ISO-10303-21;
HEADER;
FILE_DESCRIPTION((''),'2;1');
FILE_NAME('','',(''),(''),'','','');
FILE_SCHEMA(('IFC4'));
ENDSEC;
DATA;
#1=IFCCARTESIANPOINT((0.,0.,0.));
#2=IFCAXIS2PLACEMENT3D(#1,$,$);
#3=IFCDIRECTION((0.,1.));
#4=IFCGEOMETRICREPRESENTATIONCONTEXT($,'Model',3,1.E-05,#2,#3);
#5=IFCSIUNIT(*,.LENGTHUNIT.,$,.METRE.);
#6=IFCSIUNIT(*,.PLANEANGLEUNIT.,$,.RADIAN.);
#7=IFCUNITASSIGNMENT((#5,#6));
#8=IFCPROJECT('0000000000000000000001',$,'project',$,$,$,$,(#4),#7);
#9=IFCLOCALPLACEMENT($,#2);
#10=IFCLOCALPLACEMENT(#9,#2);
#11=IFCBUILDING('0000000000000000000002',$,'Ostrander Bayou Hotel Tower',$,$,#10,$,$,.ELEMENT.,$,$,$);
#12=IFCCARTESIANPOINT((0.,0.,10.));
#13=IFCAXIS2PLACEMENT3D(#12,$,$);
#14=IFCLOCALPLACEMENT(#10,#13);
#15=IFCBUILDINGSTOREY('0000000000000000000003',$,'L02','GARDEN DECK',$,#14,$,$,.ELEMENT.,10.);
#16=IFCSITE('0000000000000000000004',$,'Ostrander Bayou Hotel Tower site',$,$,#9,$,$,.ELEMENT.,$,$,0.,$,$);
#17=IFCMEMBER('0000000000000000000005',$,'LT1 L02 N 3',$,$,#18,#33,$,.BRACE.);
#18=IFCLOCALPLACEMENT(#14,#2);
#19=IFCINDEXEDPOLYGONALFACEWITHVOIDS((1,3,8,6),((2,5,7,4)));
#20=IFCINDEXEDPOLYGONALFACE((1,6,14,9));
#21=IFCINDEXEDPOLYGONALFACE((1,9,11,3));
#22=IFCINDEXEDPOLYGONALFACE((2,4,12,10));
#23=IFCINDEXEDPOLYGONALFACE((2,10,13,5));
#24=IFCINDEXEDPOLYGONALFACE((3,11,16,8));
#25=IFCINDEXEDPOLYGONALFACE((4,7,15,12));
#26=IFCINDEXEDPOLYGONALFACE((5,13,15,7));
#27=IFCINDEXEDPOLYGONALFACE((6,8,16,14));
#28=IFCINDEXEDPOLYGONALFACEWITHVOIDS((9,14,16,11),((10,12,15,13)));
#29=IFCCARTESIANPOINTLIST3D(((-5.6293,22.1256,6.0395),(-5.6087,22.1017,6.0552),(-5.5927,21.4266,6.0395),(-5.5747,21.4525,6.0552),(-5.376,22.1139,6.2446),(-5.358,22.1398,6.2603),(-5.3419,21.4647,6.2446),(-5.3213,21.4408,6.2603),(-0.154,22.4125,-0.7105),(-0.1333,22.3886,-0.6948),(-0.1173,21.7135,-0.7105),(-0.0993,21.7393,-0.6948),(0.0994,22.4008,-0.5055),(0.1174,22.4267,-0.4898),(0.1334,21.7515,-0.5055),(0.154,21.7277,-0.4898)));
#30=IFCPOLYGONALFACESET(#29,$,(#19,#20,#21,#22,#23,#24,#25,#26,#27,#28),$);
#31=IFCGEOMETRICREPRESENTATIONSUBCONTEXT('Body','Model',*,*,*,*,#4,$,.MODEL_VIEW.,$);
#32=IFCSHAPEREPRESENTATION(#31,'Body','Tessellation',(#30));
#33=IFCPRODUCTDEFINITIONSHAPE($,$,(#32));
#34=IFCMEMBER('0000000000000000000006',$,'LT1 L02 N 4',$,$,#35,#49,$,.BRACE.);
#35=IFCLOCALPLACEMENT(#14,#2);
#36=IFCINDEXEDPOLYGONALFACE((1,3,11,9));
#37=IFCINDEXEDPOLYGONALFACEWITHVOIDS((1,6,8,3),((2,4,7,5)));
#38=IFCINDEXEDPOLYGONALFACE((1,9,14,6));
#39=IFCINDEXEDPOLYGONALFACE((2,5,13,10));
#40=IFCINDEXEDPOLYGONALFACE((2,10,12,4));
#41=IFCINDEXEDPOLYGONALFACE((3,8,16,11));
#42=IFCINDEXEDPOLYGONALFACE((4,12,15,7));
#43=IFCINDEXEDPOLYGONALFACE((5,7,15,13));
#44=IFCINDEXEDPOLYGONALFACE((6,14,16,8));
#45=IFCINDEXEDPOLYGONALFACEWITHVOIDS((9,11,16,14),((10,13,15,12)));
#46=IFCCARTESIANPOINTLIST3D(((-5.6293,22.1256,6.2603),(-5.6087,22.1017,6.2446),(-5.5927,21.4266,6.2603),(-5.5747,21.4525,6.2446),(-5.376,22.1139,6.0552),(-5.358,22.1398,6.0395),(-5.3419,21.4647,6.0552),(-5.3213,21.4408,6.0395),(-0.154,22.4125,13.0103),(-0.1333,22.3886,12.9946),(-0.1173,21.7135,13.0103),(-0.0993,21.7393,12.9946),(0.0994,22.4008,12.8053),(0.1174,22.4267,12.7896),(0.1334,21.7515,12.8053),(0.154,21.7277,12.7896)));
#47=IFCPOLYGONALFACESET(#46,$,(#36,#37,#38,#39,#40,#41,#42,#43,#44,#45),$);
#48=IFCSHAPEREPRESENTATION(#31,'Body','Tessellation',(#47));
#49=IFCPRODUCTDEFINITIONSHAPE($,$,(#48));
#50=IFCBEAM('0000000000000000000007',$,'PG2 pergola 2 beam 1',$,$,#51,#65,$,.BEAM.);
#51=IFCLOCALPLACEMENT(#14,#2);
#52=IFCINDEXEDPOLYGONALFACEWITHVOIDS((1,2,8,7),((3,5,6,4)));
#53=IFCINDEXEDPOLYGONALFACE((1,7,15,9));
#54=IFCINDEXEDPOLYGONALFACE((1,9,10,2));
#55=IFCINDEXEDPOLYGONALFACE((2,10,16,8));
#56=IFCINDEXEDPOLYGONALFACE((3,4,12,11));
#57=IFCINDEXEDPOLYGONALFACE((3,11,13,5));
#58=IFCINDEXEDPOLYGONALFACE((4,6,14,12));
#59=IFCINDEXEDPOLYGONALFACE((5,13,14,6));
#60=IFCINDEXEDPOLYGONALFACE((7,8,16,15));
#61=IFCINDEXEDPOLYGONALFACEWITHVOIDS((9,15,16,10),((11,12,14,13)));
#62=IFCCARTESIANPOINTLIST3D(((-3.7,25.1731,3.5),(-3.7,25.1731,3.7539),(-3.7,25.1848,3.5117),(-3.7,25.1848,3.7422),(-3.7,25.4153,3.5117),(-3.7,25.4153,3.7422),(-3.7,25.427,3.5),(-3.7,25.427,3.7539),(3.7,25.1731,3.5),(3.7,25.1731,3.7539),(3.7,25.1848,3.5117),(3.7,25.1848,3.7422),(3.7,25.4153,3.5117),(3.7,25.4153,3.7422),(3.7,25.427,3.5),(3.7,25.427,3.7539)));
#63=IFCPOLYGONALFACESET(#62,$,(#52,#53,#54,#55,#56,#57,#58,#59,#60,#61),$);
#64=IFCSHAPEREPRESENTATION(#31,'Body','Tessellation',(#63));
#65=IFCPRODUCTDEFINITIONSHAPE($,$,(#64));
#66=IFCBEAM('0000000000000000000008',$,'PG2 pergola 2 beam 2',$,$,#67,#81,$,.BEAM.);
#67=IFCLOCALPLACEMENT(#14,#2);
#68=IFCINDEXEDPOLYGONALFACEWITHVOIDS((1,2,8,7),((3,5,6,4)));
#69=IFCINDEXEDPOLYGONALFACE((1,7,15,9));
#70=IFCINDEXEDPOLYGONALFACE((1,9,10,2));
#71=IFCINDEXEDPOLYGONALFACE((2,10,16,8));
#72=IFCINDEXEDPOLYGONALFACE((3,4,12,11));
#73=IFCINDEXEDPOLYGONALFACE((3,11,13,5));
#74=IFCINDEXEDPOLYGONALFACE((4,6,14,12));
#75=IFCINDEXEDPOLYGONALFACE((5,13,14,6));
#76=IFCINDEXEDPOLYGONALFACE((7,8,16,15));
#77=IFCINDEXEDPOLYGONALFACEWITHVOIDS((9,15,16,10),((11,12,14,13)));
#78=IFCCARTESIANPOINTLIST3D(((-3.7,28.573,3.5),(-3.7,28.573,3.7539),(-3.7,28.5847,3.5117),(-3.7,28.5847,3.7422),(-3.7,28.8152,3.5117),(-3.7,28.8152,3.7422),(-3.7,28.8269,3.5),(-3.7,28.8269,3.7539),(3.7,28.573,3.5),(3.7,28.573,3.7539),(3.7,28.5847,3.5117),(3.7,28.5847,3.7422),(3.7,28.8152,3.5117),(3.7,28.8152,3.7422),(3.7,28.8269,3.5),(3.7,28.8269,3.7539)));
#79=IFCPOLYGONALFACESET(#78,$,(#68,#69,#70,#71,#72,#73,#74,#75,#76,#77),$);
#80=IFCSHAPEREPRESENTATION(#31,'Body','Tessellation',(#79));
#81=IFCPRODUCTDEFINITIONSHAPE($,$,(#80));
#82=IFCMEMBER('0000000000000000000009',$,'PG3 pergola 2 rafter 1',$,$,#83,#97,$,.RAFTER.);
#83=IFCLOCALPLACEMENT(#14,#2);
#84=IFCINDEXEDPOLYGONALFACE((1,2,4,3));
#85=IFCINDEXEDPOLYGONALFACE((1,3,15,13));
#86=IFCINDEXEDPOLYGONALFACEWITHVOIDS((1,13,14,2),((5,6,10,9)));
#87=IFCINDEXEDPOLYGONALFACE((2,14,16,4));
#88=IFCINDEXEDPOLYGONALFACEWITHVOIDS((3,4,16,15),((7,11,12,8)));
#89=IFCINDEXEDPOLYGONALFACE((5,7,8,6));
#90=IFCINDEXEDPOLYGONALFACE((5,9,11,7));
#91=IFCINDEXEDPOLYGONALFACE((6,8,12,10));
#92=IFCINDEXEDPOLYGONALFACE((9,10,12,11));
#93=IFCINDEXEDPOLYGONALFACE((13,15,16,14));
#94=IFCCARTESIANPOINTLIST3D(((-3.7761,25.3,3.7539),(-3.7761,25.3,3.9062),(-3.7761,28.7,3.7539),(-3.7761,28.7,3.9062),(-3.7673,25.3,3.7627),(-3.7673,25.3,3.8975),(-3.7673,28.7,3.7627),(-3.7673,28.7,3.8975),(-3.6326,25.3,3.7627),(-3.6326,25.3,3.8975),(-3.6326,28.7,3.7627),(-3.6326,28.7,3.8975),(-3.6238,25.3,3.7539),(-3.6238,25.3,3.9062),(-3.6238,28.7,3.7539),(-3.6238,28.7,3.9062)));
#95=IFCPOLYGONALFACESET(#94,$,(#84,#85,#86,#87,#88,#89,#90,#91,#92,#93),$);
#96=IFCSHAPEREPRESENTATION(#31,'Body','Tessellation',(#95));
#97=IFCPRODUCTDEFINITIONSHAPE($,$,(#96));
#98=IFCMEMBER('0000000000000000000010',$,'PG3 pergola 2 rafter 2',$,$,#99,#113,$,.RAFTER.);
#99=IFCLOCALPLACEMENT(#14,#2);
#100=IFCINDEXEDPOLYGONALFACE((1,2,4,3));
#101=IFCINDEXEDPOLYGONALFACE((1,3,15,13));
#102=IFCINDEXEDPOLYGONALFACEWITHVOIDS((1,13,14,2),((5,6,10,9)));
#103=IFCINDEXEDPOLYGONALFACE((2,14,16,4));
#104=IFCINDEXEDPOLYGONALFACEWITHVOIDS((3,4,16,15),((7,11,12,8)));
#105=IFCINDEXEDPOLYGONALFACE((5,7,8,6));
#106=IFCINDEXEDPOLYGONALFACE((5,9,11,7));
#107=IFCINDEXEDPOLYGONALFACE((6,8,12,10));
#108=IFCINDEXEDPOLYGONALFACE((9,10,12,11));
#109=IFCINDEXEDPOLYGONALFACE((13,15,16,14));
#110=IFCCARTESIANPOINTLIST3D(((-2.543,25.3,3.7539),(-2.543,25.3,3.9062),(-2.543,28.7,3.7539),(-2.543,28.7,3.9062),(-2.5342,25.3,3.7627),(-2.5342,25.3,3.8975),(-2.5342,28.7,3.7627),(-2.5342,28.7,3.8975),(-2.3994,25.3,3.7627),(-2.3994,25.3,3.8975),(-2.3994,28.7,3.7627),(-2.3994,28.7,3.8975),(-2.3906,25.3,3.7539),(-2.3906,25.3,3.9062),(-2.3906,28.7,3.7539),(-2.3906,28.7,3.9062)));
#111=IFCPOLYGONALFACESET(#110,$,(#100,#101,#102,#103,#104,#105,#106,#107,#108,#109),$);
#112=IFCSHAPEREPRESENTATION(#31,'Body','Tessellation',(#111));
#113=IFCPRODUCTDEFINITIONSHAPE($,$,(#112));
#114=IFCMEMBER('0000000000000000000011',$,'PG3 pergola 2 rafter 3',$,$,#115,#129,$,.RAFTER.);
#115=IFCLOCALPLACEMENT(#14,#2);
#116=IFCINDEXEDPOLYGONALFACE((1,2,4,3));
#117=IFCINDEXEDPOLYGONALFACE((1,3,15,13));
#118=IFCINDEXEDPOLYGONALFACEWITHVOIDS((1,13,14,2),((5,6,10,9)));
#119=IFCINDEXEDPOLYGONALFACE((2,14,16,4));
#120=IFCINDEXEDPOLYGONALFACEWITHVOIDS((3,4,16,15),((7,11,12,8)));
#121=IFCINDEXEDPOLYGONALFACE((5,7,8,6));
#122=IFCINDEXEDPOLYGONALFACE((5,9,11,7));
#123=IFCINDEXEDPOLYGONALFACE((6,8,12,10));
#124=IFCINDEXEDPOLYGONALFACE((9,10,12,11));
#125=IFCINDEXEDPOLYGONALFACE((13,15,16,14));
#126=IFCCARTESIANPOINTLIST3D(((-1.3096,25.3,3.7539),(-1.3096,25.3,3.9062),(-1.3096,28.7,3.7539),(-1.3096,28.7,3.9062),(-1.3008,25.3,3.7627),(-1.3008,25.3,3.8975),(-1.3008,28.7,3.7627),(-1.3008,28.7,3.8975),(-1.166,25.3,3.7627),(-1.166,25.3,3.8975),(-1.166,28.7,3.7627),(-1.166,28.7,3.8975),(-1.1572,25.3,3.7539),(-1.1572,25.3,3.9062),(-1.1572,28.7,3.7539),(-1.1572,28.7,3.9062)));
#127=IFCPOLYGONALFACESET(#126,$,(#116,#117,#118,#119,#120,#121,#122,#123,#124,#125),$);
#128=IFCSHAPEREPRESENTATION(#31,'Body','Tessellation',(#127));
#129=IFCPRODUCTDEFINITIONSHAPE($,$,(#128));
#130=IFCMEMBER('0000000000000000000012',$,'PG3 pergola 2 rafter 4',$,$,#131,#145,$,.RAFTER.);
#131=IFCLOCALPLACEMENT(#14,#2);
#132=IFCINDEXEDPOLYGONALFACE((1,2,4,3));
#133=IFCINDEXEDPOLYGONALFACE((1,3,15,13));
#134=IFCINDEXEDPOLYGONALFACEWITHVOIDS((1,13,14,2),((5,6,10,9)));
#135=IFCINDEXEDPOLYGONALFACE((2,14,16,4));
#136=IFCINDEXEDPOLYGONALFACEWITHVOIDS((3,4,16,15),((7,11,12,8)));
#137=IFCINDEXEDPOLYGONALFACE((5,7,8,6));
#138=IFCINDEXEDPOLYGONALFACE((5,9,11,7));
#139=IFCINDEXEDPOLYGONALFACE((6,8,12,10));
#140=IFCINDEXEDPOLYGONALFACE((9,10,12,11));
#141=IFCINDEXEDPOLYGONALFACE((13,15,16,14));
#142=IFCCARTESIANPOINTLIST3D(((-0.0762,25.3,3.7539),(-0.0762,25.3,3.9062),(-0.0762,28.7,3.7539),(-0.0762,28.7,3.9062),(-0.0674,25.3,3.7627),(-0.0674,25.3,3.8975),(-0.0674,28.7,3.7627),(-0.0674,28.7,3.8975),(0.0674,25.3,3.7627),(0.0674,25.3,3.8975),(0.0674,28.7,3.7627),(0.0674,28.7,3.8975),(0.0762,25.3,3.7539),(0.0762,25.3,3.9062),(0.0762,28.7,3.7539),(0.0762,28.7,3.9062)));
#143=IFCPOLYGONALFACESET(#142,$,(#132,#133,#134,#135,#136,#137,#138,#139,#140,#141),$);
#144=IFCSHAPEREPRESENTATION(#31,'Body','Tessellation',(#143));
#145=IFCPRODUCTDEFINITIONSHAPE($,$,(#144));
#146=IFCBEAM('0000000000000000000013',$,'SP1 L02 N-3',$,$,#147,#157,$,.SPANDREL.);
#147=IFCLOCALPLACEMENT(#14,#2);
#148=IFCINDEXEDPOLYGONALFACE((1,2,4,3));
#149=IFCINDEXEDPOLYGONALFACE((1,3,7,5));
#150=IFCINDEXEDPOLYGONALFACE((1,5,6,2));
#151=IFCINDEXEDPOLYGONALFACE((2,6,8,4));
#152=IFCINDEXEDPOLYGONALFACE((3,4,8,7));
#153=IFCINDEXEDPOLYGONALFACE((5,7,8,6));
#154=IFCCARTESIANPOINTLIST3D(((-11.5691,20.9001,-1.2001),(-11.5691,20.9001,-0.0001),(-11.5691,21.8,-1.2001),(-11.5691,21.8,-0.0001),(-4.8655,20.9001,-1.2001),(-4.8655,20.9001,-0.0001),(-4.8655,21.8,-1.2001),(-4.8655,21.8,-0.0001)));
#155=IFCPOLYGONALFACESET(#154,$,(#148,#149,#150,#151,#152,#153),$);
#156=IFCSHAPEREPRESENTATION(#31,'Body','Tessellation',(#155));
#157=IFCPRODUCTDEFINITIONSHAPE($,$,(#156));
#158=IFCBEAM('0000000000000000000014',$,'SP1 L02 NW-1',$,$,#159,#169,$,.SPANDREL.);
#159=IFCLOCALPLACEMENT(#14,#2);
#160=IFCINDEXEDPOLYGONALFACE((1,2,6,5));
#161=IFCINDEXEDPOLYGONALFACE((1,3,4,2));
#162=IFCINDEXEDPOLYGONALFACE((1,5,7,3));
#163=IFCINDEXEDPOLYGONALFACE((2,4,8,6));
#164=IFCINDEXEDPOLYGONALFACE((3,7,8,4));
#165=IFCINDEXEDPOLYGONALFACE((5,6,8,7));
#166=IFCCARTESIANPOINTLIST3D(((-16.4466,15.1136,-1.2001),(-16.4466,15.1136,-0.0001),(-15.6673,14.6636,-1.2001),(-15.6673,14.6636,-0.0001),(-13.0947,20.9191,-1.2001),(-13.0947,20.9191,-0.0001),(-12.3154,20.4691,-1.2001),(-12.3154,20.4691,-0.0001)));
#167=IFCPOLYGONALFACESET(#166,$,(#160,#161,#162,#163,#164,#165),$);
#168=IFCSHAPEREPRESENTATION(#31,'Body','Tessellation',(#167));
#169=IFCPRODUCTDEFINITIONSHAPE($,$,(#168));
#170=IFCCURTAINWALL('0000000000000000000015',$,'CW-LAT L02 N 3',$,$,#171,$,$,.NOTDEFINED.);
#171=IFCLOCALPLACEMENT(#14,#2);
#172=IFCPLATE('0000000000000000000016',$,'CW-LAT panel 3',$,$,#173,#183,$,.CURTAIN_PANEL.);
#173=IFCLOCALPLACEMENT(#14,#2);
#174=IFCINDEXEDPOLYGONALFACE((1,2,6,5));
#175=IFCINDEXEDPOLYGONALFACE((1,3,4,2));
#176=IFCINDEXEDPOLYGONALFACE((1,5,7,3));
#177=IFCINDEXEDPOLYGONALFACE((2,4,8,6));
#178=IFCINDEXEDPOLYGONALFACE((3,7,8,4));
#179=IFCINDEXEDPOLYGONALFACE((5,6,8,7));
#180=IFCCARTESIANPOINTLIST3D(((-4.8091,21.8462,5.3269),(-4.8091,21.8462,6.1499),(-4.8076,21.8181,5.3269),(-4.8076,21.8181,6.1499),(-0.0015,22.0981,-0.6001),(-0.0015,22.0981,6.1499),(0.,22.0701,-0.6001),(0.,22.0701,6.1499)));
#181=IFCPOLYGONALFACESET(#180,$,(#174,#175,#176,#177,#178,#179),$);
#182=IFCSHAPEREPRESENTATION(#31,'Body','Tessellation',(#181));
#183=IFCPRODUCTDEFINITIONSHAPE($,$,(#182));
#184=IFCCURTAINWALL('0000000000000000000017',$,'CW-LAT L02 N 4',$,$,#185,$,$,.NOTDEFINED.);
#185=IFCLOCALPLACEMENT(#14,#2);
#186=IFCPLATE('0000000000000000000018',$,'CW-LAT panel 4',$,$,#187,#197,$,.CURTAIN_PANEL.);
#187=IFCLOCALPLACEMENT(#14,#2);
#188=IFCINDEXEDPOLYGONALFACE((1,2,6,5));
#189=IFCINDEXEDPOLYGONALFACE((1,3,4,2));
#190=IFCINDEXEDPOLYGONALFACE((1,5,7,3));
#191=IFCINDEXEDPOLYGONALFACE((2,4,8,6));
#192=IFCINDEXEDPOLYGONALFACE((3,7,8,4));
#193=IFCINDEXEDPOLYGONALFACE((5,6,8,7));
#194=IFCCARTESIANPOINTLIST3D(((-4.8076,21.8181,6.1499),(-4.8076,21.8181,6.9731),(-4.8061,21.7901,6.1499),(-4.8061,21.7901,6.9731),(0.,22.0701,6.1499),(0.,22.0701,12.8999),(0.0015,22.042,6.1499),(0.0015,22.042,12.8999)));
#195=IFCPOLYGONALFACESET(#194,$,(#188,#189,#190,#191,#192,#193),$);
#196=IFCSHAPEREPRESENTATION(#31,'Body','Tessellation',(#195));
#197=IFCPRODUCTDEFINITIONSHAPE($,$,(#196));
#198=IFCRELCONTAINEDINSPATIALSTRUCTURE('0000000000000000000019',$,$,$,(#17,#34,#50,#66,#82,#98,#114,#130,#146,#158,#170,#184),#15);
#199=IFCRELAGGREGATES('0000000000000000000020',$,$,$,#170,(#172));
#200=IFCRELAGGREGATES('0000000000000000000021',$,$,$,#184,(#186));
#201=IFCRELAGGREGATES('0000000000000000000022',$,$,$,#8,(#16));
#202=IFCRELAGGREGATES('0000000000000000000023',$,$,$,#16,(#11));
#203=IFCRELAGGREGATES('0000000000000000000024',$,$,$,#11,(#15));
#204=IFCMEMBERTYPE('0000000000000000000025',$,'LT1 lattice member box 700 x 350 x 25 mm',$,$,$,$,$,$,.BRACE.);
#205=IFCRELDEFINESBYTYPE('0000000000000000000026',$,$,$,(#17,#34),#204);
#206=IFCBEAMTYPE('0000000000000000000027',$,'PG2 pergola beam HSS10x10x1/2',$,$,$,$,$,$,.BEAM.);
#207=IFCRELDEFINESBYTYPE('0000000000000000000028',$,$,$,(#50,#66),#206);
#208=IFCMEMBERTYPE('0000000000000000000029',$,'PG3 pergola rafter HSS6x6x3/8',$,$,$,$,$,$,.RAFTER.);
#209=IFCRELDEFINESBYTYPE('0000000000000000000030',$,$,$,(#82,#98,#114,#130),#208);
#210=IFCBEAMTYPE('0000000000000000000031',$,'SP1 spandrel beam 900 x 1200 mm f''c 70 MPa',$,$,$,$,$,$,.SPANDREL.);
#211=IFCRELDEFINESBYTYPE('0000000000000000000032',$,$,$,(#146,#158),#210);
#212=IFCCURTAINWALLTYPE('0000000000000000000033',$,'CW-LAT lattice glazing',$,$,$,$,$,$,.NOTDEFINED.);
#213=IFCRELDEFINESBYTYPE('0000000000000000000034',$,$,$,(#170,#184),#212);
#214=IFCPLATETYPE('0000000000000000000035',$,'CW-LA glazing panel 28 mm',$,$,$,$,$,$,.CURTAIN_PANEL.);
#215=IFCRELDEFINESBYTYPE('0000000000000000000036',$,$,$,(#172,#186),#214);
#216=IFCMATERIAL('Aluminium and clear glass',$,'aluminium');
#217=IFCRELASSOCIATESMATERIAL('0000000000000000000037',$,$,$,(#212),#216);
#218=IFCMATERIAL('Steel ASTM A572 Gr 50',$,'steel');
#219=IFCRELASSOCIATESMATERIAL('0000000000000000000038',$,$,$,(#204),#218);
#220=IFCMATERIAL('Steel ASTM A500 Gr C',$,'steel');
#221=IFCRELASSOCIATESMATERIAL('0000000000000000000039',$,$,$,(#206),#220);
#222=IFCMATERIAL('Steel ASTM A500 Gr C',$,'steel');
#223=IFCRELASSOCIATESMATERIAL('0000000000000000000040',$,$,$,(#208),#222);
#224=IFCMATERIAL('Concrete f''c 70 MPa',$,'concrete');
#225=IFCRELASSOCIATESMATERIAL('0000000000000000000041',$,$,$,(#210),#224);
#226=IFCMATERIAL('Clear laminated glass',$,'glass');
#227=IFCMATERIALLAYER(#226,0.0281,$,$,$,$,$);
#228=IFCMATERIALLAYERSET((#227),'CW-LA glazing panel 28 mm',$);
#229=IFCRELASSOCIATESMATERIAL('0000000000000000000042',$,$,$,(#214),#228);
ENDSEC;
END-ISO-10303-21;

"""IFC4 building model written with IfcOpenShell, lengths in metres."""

from ifc_helpers import new_model, si_unit, direction, frame, origin, origin_2d, place, context, subcontext, project, spatial, polyline, rectangle, hollow_rectangle, outline, extrude, material, layer, layer_set, material_profile, profile_set, type_object, element, aggregate, save


model = new_model("IFC4")

# Units and contexts
model_context = context("Model", 3, precision=1e-05, world=origin(), true_north=direction((0.0, 1.0)))
body_context = subcontext(model_context, "Body", "Model", "MODEL_VIEW")
ifc_project = project(units=[si_unit("LENGTHUNIT", "METRE"), si_unit("PLANEANGLEUNIT", "RADIAN")], contexts=[model_context])

# Site, building, storey
site_placement = place(None, origin())
site = spatial("IfcSite", under=ifc_project, at=site_placement, Name="Ostrander Bayou Hotel Tower site", CompositionType="ELEMENT", RefElevation=0.0)
building_placement = place(site_placement, origin())
building = spatial("IfcBuilding", under=site, at=building_placement, Name="Ostrander Bayou Hotel Tower", CompositionType="ELEMENT")
storey_placement = place(building_placement, frame((0.0, 0.0, 10.0)))
storey = spatial("IfcBuildingStorey", under=building, at=storey_placement, Name="L02", Description="GARDEN DECK", CompositionType="ELEMENT", Elevation=10.0)

# Shared definitions
ifc_material_1 = material(Name="Aluminium and clear glass", Category="aluminium")
curtain_wall_type = type_object("IfcCurtainWallType", Name="CW-LAT lattice glazing", PredefinedType="NOTDEFINED", material=ifc_material_1)

# Members
ifc_material_2 = material(Name="Steel ASTM A572 Gr 50", Category="steel")
ifc_material_profile_1 = material_profile(ifc_material_2, hollow_rectangle(XDim=0.7, YDim=0.3501, WallThickness=0.0249, at=origin_2d()))
ifc_profile_set_1 = profile_set([ifc_material_profile_1], Name="Steel ASTM A572 Gr 50")
member_type_1 = type_object("IfcMemberType", Name="LT1 lattice member box 700 x 350 x 25 mm", PredefinedType="BRACE", material=ifc_profile_set_1)
for number, where, z_axis, x_axis, name in (
    (1, (-5.4753, 21.7832, 6.1499), (0.629624, 0.032987, -0.7762), (-0.05232, 0.99863, 0.0), "LT1 L02 N 3"),
    (2, (-5.4753, 21.7832, 6.1499), (0.629624, 0.032987, 0.7762), (-0.05232, 0.99863, 0.0), "LT1 L02 N 4"),
):
    element("IfcMember", number, at=place(storey_placement, frame(where, z_axis=z_axis, x_axis=x_axis)), inside=storey, type_object=member_type_1, Name=name, PredefinedType="BRACE", context=body_context, shape_type="SweptSolid", body=[
        extrude(hollow_rectangle(XDim=0.7, YDim=0.3501, WallThickness=0.0249, at=origin_2d()), origin(), (0.0, 0.0, 1.0), 8.6963),
    ])

# Beams
ifc_material_3 = material(Name="Steel ASTM A500 Gr C", Category="steel")
ifc_material_profile_2 = material_profile(ifc_material_3, hollow_rectangle(XDim=0.2539, YDim=0.2539, WallThickness=0.0117, at=origin_2d()))
ifc_profile_set_2 = profile_set([ifc_material_profile_2], Name="Steel ASTM A500 Gr C")
beam_type_1 = type_object("IfcBeamType", Name="PG2 pergola beam HSS10x10x1/2", PredefinedType="BEAM", material=ifc_profile_set_2)
for number, where, z_axis, x_axis, name in (
    (3, (-3.7, 25.3, 3.627), (1.0, 0.0, 0.0), (0.0, 1.0, 0.0), "PG2 pergola 2 beam 1"),
    (4, (-3.7, 28.7, 3.627), (1.0, 0.0, 0.0), (0.0, 1.0, 0.0), "PG2 pergola 2 beam 2"),
):
    element("IfcBeam", number, at=place(storey_placement, frame(where, z_axis=z_axis, x_axis=x_axis)), inside=storey, type_object=beam_type_1, Name=name, PredefinedType="BEAM", context=body_context, shape_type="SweptSolid", body=[
        extrude(hollow_rectangle(XDim=0.2539, YDim=0.2539, WallThickness=0.0117, at=origin_2d()), origin(), (0.0, 0.0, 1.0), 7.3999),
    ])

# Members
ifc_material_4 = material(Name="Steel ASTM A500 Gr C", Category="steel")
ifc_material_profile_3 = material_profile(ifc_material_4, hollow_rectangle(XDim=0.1523, YDim=0.1523, WallThickness=0.0088, at=origin_2d()))
ifc_profile_set_3 = profile_set([ifc_material_profile_3], Name="Steel ASTM A500 Gr C")
member_type_2 = type_object("IfcMemberType", Name="PG3 pergola rafter HSS6x6x3/8", PredefinedType="RAFTER", material=ifc_profile_set_3)
for number, where, z_axis, x_axis, name in (
    (5, (-3.7, 25.3, 3.8301), (0.0, 1.0, 0.0), (-1.0, 0.0, 0.0), "PG3 pergola 2 rafter 1"),
    (6, (-2.4668, 25.3, 3.8301), (0.0, 1.0, 0.0), (-1.0, 0.0, 0.0), "PG3 pergola 2 rafter 2"),
    (7, (-1.2334, 25.3, 3.8301), (0.0, 1.0, 0.0), (-1.0, 0.0, 0.0), "PG3 pergola 2 rafter 3"),
    (8, (0.0, 25.3, 3.8301), (0.0, 1.0, 0.0), (-1.0, 0.0, 0.0), "PG3 pergola 2 rafter 4"),
):
    element("IfcMember", number, at=place(storey_placement, frame(where, z_axis=z_axis, x_axis=x_axis)), inside=storey, type_object=member_type_2, Name=name, PredefinedType="RAFTER", context=body_context, shape_type="SweptSolid", body=[
        extrude(hollow_rectangle(XDim=0.1523, YDim=0.1523, WallThickness=0.0088, at=origin_2d()), origin(), (0.0, 0.0, 1.0), 3.3999),
    ])

# Beams
ifc_material_5 = material(Name="Concrete f'c 70 MPa", Category="concrete")
ifc_material_profile_4 = material_profile(ifc_material_5, rectangle(XDim=0.8999, YDim=1.2, at=origin_2d()))
ifc_profile_set_4 = profile_set([ifc_material_profile_4], Name="Concrete f'c 70 MPa")
beam_type_2 = type_object("IfcBeamType", Name="SP1 spandrel beam 900 x 1200 mm f'c 70 MPa", PredefinedType="SPANDREL", material=ifc_profile_set_4)
for number, where, z_axis, x_axis, name in (
    (9, (-4.8655, 21.3501, -0.6001), (-1.0, 0.0, 0.0), (0.0, -1.0, 0.0), "SP1 L02 N-3"),
    (10, (-12.7051, 20.6941, -0.6001), (-0.500005, -0.866022, 0.0), (0.866022, -0.500005, 0.0), "SP1 L02 NW-1"),
):
    element("IfcBeam", number, at=place(storey_placement, frame(where, z_axis=z_axis, x_axis=x_axis)), inside=storey, type_object=beam_type_2, Name=name, PredefinedType="SPANDREL", context=body_context, shape_type="SweptSolid", body=[
        extrude(rectangle(XDim=0.8999, YDim=1.2, at=origin_2d()), origin(), (0.0, 0.0, 1.0), 6.7036),
    ])

# Curtain walls, plates
curtain_wall_1_placement = place(storey_placement, origin())
curtain_wall_1 = element("IfcCurtainWall", 11, at=curtain_wall_1_placement, inside=storey, type_object=curtain_wall_type, Name="CW-LAT L02 N 3", PredefinedType="NOTDEFINED")
ifc_material_6 = material(Name="Clear laminated glass", Category="glass")
ifc_layer_1 = layer(ifc_material_6, 0.0281)
ifc_layer_set_1 = layer_set([ifc_layer_1], Name="CW-LA glazing panel 28 mm")
plate_type = type_object("IfcPlateType", Name="CW-LA glazing panel 28 mm", PredefinedType="CURTAIN_PANEL", material=ifc_layer_set_1)
plate_1_placement = place(storey_placement, frame((-4.8076, 21.8181, 5.3269), z_axis=(0.052335, -0.99863, 0.0), x_axis=(0.629612, 0.032996, -0.776208)))
plate_1 = element("IfcPlate", 12, at=plate_1_placement, type_object=plate_type, Name="CW-LAT panel 3", PredefinedType="CURTAIN_PANEL", context=body_context, shape_type="SweptSolid", body=[
    extrude(outline(polyline([(0.0, 0.0), (7.6358, 0.0), (2.3964, 4.2557), (-0.6388, 0.5189), (0.0, 0.0)])), origin(), (0.0, 0.0, -1.0), 0.0281),
])
aggregate(curtain_wall_1, [plate_1])
curtain_wall_2_placement = place(storey_placement, origin())
curtain_wall_2 = element("IfcCurtainWall", 13, at=curtain_wall_2_placement, inside=storey, type_object=curtain_wall_type, Name="CW-LAT L02 N 4", PredefinedType="NOTDEFINED")
plate_2_placement = place(storey_placement, frame((-4.8076, 21.8181, 6.9731), z_axis=(-0.052335, 0.99863, 0.0), x_axis=(0.629628, 0.032997, 0.776196)))
plate_2 = element("IfcPlate", 14, at=plate_2_placement, type_object=plate_type, Name="CW-LAT panel 4", PredefinedType="CURTAIN_PANEL", context=body_context, shape_type="SweptSolid", body=[
    extrude(outline(polyline([(0.0, 0.0), (7.6356, 0.0), (2.3963, 4.2558), (-0.639, 0.519), (0.0, 0.0)])), origin(), (0.0, 0.0, -1.0), 0.0281),
])
aggregate(curtain_wall_2, [plate_2])

save(model, "model.ifc")
